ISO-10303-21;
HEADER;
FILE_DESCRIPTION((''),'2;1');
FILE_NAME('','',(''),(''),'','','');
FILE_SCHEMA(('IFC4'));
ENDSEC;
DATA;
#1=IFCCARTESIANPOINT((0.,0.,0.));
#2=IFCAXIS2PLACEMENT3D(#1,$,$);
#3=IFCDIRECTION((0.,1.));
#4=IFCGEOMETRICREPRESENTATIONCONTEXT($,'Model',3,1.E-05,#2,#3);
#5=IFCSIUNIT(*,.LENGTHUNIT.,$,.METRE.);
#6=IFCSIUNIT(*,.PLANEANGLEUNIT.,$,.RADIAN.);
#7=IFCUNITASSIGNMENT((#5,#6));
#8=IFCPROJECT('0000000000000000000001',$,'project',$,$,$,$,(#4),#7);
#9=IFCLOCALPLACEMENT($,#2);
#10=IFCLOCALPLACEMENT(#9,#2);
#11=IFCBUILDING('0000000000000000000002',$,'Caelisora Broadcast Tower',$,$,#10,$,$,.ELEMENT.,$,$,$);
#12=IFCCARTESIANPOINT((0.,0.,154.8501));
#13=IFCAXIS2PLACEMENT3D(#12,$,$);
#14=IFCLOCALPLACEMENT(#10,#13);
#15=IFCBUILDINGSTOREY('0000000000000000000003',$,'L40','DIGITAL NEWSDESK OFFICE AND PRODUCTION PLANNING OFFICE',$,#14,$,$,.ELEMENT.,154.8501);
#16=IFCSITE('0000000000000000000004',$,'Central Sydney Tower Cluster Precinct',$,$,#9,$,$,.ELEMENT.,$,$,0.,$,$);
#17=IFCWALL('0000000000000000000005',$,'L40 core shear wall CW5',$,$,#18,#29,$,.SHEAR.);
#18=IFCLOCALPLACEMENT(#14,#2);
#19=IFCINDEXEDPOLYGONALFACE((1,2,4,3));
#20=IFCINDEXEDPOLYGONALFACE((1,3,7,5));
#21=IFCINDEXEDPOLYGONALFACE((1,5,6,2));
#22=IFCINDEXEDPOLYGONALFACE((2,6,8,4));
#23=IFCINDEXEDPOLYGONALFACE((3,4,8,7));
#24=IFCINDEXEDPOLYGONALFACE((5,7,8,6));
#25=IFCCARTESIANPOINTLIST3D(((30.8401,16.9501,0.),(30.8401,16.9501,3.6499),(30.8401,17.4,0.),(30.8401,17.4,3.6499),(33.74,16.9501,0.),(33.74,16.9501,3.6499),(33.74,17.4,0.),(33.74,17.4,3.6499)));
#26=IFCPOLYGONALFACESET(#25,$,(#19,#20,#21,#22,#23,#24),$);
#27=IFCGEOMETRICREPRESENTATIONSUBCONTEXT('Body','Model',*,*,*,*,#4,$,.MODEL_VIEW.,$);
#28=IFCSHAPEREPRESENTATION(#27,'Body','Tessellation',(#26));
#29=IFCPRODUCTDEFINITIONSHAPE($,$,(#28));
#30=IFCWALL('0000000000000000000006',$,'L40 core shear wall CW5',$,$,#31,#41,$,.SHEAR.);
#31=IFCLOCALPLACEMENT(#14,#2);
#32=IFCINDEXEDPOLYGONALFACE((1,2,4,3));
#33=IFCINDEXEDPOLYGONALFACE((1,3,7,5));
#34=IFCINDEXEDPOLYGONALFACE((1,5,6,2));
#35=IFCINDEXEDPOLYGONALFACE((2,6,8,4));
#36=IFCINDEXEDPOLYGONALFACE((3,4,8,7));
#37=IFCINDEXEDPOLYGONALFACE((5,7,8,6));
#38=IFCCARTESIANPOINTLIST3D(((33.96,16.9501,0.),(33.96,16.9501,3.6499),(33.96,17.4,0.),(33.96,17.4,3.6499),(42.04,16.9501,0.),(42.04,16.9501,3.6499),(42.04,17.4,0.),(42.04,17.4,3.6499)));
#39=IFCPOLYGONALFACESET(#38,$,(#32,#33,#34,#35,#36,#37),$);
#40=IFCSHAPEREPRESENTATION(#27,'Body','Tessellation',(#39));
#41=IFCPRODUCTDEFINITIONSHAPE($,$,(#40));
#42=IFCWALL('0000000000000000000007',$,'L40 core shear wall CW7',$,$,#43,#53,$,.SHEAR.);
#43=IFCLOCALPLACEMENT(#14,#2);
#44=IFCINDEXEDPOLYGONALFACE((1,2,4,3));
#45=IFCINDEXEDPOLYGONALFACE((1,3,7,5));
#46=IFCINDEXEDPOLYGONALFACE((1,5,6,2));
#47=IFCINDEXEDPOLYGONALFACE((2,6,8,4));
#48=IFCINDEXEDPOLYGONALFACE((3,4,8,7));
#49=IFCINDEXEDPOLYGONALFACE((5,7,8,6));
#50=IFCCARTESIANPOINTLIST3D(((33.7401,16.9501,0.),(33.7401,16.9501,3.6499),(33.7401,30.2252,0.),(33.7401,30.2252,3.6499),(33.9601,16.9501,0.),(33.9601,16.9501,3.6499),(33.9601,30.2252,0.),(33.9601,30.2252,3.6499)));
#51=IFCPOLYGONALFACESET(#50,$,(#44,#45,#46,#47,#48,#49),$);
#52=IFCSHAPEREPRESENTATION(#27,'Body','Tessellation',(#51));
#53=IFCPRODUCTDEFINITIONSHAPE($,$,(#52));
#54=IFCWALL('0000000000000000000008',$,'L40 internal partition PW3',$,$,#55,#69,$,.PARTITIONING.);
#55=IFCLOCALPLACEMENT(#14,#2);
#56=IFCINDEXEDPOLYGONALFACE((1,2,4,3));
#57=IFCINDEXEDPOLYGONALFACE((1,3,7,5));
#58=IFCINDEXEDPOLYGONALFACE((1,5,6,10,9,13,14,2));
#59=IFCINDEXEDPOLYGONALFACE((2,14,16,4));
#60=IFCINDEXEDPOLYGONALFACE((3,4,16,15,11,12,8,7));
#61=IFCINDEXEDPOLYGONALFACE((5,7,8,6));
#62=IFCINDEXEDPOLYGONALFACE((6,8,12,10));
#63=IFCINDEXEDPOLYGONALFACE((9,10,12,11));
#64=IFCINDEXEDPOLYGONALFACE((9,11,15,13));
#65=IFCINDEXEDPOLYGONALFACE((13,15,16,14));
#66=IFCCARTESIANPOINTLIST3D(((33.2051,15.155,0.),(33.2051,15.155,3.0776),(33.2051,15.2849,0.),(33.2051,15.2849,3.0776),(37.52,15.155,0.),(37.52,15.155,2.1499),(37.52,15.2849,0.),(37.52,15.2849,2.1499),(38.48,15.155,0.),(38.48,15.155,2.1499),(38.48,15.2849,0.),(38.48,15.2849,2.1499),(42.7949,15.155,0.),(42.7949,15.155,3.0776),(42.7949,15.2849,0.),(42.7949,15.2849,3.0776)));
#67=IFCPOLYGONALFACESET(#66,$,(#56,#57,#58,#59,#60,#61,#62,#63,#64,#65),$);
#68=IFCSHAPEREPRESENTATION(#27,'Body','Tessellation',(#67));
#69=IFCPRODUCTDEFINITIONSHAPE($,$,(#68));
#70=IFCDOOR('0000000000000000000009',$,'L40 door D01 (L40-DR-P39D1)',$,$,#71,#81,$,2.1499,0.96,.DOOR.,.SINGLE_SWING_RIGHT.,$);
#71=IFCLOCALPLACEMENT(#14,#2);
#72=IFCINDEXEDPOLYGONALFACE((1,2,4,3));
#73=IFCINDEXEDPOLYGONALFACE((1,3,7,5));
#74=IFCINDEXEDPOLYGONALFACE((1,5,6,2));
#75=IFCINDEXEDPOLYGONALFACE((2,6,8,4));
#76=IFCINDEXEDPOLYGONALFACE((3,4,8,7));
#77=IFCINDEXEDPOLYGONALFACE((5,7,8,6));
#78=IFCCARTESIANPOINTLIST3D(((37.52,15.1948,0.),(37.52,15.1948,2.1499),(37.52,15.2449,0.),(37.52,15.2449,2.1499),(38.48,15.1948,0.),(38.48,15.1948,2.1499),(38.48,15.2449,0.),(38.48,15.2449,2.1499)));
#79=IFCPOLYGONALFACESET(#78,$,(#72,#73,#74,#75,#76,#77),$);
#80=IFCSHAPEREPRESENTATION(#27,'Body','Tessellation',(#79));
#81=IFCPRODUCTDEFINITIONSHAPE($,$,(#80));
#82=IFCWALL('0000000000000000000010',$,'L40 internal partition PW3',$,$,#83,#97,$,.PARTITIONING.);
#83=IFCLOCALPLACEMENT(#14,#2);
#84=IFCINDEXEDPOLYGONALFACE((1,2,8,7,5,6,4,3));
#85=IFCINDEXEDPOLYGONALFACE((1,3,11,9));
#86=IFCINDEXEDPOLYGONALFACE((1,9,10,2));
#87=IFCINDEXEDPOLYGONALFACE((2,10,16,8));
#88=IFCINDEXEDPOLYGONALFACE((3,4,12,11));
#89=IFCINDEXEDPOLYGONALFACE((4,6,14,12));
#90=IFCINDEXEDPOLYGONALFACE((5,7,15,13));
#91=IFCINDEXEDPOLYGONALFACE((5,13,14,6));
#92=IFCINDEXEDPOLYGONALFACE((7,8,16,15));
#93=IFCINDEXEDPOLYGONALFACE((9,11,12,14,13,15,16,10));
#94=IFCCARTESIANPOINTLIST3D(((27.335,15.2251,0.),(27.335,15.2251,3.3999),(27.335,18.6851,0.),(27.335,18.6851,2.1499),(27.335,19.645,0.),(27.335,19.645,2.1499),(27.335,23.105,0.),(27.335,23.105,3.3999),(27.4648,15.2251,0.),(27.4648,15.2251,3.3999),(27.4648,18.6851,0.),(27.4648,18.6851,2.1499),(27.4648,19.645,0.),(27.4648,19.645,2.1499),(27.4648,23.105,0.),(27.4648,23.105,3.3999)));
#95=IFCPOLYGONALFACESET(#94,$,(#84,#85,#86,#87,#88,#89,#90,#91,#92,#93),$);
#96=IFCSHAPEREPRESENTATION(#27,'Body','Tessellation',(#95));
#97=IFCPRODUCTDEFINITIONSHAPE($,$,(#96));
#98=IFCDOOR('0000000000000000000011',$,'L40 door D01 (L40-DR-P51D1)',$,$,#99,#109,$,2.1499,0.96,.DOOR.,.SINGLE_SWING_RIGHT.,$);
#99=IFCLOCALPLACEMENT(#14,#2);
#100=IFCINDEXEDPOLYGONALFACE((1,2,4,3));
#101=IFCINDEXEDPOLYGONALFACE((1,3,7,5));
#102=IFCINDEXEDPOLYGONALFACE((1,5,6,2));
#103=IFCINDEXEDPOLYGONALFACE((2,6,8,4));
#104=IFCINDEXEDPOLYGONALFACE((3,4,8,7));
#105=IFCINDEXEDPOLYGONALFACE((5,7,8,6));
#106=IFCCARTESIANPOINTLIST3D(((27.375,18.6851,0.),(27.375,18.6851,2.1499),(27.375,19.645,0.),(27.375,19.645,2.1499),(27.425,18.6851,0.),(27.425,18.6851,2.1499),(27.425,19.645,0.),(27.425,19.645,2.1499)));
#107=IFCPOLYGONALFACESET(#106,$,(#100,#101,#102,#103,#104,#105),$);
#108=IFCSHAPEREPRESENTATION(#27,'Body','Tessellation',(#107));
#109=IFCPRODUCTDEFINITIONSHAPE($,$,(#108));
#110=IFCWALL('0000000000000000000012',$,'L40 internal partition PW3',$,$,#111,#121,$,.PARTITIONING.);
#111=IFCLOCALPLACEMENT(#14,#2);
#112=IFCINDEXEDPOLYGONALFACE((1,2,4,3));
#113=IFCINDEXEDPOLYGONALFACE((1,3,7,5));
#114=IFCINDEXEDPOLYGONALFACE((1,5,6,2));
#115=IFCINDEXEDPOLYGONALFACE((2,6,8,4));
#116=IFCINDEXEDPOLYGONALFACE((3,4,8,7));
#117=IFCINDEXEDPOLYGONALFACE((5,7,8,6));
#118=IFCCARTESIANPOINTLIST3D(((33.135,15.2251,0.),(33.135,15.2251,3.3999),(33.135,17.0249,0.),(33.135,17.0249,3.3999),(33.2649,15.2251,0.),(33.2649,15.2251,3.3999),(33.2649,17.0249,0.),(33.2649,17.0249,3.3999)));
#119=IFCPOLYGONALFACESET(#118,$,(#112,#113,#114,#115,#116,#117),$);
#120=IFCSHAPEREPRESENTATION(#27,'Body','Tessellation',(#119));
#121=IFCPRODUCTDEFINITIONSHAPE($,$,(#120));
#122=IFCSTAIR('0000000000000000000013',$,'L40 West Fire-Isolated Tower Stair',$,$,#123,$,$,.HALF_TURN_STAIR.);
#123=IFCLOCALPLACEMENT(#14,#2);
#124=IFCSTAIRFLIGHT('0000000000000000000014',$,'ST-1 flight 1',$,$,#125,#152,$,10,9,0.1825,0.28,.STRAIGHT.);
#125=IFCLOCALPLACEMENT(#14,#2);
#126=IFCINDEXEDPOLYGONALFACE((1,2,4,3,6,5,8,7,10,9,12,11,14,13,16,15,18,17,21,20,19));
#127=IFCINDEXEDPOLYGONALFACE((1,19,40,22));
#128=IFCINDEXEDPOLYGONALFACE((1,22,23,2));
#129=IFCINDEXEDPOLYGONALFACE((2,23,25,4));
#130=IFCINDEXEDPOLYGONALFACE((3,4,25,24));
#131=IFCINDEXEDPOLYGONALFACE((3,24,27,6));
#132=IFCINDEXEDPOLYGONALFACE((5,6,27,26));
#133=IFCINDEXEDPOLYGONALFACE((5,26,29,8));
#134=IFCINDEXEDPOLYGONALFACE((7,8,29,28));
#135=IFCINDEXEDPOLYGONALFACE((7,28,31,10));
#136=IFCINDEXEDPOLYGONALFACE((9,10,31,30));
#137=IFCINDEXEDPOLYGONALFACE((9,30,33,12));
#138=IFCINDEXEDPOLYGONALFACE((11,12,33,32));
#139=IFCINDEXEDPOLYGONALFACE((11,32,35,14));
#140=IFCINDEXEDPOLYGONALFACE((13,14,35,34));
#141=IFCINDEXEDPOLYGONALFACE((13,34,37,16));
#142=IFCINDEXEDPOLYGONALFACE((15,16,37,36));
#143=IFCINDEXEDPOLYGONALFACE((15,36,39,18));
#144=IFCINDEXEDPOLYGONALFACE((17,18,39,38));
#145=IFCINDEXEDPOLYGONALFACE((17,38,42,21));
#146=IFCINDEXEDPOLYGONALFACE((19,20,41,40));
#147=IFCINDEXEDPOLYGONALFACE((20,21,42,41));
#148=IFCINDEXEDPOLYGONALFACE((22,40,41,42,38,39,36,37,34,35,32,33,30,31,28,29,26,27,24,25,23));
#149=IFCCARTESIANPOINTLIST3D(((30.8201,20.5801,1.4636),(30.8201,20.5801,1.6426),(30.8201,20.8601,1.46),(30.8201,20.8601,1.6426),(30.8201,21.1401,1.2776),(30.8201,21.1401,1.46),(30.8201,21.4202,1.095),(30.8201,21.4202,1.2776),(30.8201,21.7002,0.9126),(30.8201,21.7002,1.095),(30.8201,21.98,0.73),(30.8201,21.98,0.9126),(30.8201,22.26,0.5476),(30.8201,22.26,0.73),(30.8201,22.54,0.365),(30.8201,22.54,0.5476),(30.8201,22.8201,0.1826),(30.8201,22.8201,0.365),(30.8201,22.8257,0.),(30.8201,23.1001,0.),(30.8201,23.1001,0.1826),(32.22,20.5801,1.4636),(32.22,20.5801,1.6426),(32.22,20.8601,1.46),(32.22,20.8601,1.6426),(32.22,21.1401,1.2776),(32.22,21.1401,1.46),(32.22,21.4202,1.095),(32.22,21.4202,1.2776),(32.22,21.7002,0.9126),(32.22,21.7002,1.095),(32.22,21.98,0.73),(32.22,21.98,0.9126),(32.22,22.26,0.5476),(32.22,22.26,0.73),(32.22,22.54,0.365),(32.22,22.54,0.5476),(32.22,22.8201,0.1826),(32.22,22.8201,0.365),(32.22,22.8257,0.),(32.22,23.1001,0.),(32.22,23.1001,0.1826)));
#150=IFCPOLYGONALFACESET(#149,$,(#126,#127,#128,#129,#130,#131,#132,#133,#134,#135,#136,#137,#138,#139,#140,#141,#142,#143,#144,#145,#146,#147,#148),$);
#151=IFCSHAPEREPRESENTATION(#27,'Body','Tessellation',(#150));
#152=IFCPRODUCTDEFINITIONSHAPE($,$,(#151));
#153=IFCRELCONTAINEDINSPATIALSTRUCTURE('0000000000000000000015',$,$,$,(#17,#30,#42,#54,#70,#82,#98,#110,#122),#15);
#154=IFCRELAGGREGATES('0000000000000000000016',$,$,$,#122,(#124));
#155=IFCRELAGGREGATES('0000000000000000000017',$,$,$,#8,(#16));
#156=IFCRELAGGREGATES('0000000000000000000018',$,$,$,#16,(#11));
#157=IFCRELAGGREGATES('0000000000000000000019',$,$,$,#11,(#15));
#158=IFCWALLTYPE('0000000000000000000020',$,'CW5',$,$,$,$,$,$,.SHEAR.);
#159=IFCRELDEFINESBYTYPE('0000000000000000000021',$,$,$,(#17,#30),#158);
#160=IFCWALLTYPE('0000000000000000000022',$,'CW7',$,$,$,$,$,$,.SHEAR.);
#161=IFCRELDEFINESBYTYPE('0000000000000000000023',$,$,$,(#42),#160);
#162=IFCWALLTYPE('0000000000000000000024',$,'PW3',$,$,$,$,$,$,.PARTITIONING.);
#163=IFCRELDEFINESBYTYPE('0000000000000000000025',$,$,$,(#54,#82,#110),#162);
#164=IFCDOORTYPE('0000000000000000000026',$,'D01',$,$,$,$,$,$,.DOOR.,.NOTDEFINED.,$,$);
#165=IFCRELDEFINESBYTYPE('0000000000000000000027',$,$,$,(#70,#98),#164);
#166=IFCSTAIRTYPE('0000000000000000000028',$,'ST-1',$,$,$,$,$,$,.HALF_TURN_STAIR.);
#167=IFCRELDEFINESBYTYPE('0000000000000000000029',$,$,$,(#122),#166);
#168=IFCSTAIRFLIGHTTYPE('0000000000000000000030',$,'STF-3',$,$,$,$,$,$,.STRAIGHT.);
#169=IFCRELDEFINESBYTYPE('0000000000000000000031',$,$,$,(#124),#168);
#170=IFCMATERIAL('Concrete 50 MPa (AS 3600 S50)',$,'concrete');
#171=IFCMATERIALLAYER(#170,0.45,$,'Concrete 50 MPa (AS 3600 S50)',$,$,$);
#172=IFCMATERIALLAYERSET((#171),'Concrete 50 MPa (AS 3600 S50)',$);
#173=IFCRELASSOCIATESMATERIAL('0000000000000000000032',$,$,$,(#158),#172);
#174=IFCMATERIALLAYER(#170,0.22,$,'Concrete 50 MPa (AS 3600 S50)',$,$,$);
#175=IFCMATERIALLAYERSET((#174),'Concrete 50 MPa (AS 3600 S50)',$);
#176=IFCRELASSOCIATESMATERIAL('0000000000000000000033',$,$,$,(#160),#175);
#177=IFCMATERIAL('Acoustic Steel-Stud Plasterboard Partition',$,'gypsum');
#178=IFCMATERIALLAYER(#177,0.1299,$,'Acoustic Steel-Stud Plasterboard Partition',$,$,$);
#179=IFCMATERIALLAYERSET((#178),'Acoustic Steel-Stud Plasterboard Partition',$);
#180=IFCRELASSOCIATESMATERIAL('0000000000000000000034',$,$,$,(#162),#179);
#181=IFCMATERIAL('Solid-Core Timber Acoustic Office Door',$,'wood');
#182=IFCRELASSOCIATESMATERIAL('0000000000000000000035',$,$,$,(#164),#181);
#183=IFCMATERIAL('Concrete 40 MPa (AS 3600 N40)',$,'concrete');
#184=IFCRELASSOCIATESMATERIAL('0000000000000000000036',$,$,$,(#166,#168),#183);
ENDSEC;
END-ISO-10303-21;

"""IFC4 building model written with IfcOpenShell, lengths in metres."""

from ifc_helpers import new_model, si_unit, direction, frame, frame_2d, origin, place, context, subcontext, project, spatial, polyline, rectangle, outline, extrude, material, layer, layer_set, type_object, element, fill, aggregate, save


model = new_model("IFC4")

# Units and contexts
model_context = context("Model", 3, precision=1e-05, world=origin(), true_north=direction((0.0, 1.0)))
body_context = subcontext(model_context, "Body", "Model", "MODEL_VIEW")
ifc_project = project(units=[si_unit("LENGTHUNIT", "METRE"), si_unit("PLANEANGLEUNIT", "RADIAN")], contexts=[model_context])

# Site, building, storey
site_placement = place(None, origin())
site = spatial("IfcSite", under=ifc_project, at=site_placement, Name="Central Sydney Tower Cluster Precinct", CompositionType="ELEMENT", RefElevation=0.0)
building_placement = place(site_placement, origin())
building = spatial("IfcBuilding", under=site, at=building_placement, Name="Caelisora Broadcast Tower", CompositionType="ELEMENT")
storey_placement = place(building_placement, frame((0.0, 0.0, 154.8501)))
storey = spatial("IfcBuildingStorey", under=building, at=storey_placement, Name="L40", Description="DIGITAL NEWSDESK OFFICE AND PRODUCTION PLANNING OFFICE", CompositionType="ELEMENT", Elevation=154.8501)

# Shared definitions
ifc_material_1 = material(Name="Concrete 50 MPa (AS 3600 S50)", Category="concrete")

# Walls
ifc_layer_1 = layer(ifc_material_1, 0.45, Name="Concrete 50 MPa (AS 3600 S50)")
ifc_layer_set_1 = layer_set([ifc_layer_1], Name="Concrete 50 MPa (AS 3600 S50)")
wall_type_1 = type_object("IfcWallType", Name="CW5", PredefinedType="SHEAR", material=ifc_layer_set_1)
wall_1_placement = place(storey_placement, frame((30.8401, 17.175, 0.0), z_axis=(0.0, 0.0, 1.0), x_axis=(1.0, 0.0, 0.0)))
element("IfcWall", 1, at=wall_1_placement, inside=storey, type_object=wall_type_1, Name="L40 core shear wall CW5", PredefinedType="SHEAR", context=body_context, shape_type="SweptSolid", body=[
    extrude(rectangle(XDim=2.8999, YDim=0.45, at=frame_2d((1.45, 0.0))), origin(), (0.0, 0.0, 1.0), 3.6499),
])
wall_2_placement = place(storey_placement, frame((33.96, 17.175, 0.0), z_axis=(0.0, 0.0, 1.0), x_axis=(1.0, 0.0, 0.0)))
element("IfcWall", 2, at=wall_2_placement, inside=storey, type_object=wall_type_1, Name="L40 core shear wall CW5", PredefinedType="SHEAR", context=body_context, shape_type="SweptSolid", body=[
    extrude(rectangle(XDim=8.0801, YDim=0.45, at=frame_2d((4.04, 0.0))), origin(), (0.0, 0.0, 1.0), 3.6499),
])
ifc_layer_2 = layer(ifc_material_1, 0.22, Name="Concrete 50 MPa (AS 3600 S50)")
ifc_layer_set_2 = layer_set([ifc_layer_2], Name="Concrete 50 MPa (AS 3600 S50)")
wall_type_2 = type_object("IfcWallType", Name="CW7", PredefinedType="SHEAR", material=ifc_layer_set_2)
wall_3_placement = place(storey_placement, frame((33.8501, 16.95, 0.0), z_axis=(0.0, 0.0, 1.0), x_axis=(0.0, 1.0, 0.0)))
element("IfcWall", 3, at=wall_3_placement, inside=storey, type_object=wall_type_2, Name="L40 core shear wall CW7", PredefinedType="SHEAR", context=body_context, shape_type="SweptSolid", body=[
    extrude(rectangle(XDim=13.2751, YDim=0.22, at=frame_2d((6.6377, 0.0))), origin(), (0.0, 0.0, 1.0), 3.6499),
])

# Walls, openings, doors
ifc_material_2 = material(Name="Acoustic Steel-Stud Plasterboard Partition", Category="gypsum")
ifc_layer_3 = layer(ifc_material_2, 0.1299, Name="Acoustic Steel-Stud Plasterboard Partition")
ifc_layer_set_3 = layer_set([ifc_layer_3], Name="Acoustic Steel-Stud Plasterboard Partition")
wall_type_3 = type_object("IfcWallType", Name="PW3", PredefinedType="PARTITIONING", material=ifc_layer_set_3)
wall_4_placement = place(storey_placement, frame((33.2051, 15.22, 0.0), z_axis=(0.0, 0.0, 1.0), x_axis=(1.0, 0.0, 0.0)))
wall_4 = element("IfcWall", 4, at=wall_4_placement, inside=storey, type_object=wall_type_3, Name="L40 internal partition PW3", PredefinedType="PARTITIONING", context=body_context, shape_type="SweptSolid", body=[
    extrude(rectangle(XDim=9.5898, YDim=0.1299, at=frame_2d((4.7949, 0.0))), origin(), (0.0, 0.0, 1.0), 3.0776),
])
opening_1_placement = place(wall_4_placement, frame((4.3149, 0.0, 0.0)))
opening_1 = element("IfcOpeningElement", 5, at=opening_1_placement, cuts=wall_4, PredefinedType="OPENING", context=body_context, shape_type="SweptSolid", body=[
    extrude(rectangle(XDim=0.96, YDim=2.1499, at=frame_2d((0.48, 1.075))), frame((0.0, 0.0769, 0.0), z_axis=(0.0, -1.0, 0.0), x_axis=(1.0, 0.0, 0.0)), (0.0, 0.0, 1.0), 0.1538),
])
ifc_material_3 = material(Name="Solid-Core Timber Acoustic Office Door", Category="wood")
door_type_1 = type_object("IfcDoorType", Name="D01", OperationType="NOTDEFINED", PredefinedType="DOOR", material=ifc_material_3)
door_1_placement = place(opening_1_placement, origin())
door_1 = element("IfcDoor", 6, at=door_1_placement, inside=storey, type_object=door_type_1, Name="L40 door D01 (L40-DR-P39D1)", OperationType="SINGLE_SWING_RIGHT", OverallHeight=2.1499, OverallWidth=0.96, PredefinedType="DOOR", context=body_context, shape_type="SweptSolid", body=[
    extrude(rectangle(XDim=0.96, YDim=2.1499, at=frame_2d((0.48, 1.075))), frame((0.0, 0.0249, 0.0), z_axis=(0.0, -1.0, 0.0), x_axis=(1.0, 0.0, 0.0)), (0.0, 0.0, 1.0), 0.05),
])
fill(opening_1, door_1)
wall_5_placement = place(storey_placement, frame((27.3999, 15.2251, 0.0), z_axis=(0.0, 0.0, 1.0), x_axis=(0.0, 1.0, 0.0)))
wall_5 = element("IfcWall", 7, at=wall_5_placement, inside=storey, type_object=wall_type_3, Name="L40 internal partition PW3", PredefinedType="PARTITIONING", context=body_context, shape_type="SweptSolid", body=[
    extrude(rectangle(XDim=7.8799, YDim=0.1299, at=frame_2d((3.9399, 0.0))), origin(), (0.0, 0.0, 1.0), 3.3999),
])
opening_2_placement = place(wall_5_placement, frame((3.46, 0.0, 0.0)))
opening_2 = element("IfcOpeningElement", 8, at=opening_2_placement, cuts=wall_5, PredefinedType="OPENING", context=body_context, shape_type="SweptSolid", body=[
    extrude(rectangle(XDim=0.96, YDim=2.1499, at=frame_2d((0.48, 1.075))), frame((0.0, 0.0769, 0.0), z_axis=(0.0, -1.0, 0.0), x_axis=(1.0, 0.0, 0.0)), (0.0, 0.0, 1.0), 0.1538),
])
door_2_placement = place(opening_2_placement, origin())
door_2 = element("IfcDoor", 9, at=door_2_placement, inside=storey, type_object=door_type_1, Name="L40 door D01 (L40-DR-P51D1)", OperationType="SINGLE_SWING_RIGHT", OverallHeight=2.1499, OverallWidth=0.96, PredefinedType="DOOR", context=body_context, shape_type="SweptSolid", body=[
    extrude(rectangle(XDim=0.96, YDim=2.1499, at=frame_2d((0.48, 1.075))), frame((0.0, 0.0249, 0.0), z_axis=(0.0, -1.0, 0.0), x_axis=(1.0, 0.0, 0.0)), (0.0, 0.0, 1.0), 0.05),
])
fill(opening_2, door_2)

# Wall
wall_6_placement = place(storey_placement, frame((33.2, 15.2251, 0.0), z_axis=(0.0, 0.0, 1.0), x_axis=(0.0, 1.0, 0.0)))
element("IfcWall", 10, at=wall_6_placement, inside=storey, type_object=wall_type_3, Name="L40 internal partition PW3", PredefinedType="PARTITIONING", context=body_context, shape_type="SweptSolid", body=[
    extrude(rectangle(XDim=1.7998, YDim=0.1299, at=frame_2d((0.8999, 0.0))), origin(), (0.0, 0.0, 1.0), 3.3999),
])

# Stair, stair flight
ifc_material_4 = material(Name="Concrete 40 MPa (AS 3600 N40)", Category="concrete")
stair_type = type_object("IfcStairType", Name="ST-1", PredefinedType="HALF_TURN_STAIR", material=ifc_material_4)
stair_placement = place(storey_placement, origin())
stair = element("IfcStair", 11, at=stair_placement, inside=storey, type_object=stair_type, Name="L40 West Fire-Isolated Tower Stair", PredefinedType="HALF_TURN_STAIR")
stair_flight_type = type_object("IfcStairFlightType", Name="STF-3", PredefinedType="STRAIGHT", material=ifc_material_4)
stair_flight_1_placement = place(storey_placement, frame((31.52, 23.1001, 0.0), z_axis=(0.0, 0.0, 1.0), x_axis=(0.0, -1.0, 0.0)))
stair_flight_1 = element("IfcStairFlight", 12, at=stair_flight_1_placement, type_object=stair_flight_type, Name="ST-1 flight 1", NumberOfRisers=10, NumberOfTreads=9, PredefinedType="STRAIGHT", RiserHeight=0.1825, TreadLength=0.28, context=body_context, shape_type="SweptSolid", body=[
    extrude(outline(polyline([(0.0, 0.0), (0.0, 0.1826), (0.28, 0.1826), (0.28, 0.365), (0.5601, 0.365), (0.5601, 0.5476), (0.8401, 0.5476), (0.8401, 0.73), (1.1201, 0.73), (1.1201, 0.9126), (1.3999, 0.9126), (1.3999, 1.095), (1.6799, 1.095), (1.6799, 1.2776), (1.96, 1.2776), (1.96, 1.46), (2.24, 1.46), (2.24, 1.6426), (2.52, 1.6426), (2.52, 1.825), (2.52, 1.4636), (0.2744, 0.0), (0.0, 0.0)])), frame((0.0, 0.7, 0.0), z_axis=(0.0, -1.0, 0.0), x_axis=(1.0, 0.0, 0.0)), (0.0, 0.0, 1.0), 1.3999),
])
aggregate(stair, [stair_flight_1])

save(model, "model.ifc")
